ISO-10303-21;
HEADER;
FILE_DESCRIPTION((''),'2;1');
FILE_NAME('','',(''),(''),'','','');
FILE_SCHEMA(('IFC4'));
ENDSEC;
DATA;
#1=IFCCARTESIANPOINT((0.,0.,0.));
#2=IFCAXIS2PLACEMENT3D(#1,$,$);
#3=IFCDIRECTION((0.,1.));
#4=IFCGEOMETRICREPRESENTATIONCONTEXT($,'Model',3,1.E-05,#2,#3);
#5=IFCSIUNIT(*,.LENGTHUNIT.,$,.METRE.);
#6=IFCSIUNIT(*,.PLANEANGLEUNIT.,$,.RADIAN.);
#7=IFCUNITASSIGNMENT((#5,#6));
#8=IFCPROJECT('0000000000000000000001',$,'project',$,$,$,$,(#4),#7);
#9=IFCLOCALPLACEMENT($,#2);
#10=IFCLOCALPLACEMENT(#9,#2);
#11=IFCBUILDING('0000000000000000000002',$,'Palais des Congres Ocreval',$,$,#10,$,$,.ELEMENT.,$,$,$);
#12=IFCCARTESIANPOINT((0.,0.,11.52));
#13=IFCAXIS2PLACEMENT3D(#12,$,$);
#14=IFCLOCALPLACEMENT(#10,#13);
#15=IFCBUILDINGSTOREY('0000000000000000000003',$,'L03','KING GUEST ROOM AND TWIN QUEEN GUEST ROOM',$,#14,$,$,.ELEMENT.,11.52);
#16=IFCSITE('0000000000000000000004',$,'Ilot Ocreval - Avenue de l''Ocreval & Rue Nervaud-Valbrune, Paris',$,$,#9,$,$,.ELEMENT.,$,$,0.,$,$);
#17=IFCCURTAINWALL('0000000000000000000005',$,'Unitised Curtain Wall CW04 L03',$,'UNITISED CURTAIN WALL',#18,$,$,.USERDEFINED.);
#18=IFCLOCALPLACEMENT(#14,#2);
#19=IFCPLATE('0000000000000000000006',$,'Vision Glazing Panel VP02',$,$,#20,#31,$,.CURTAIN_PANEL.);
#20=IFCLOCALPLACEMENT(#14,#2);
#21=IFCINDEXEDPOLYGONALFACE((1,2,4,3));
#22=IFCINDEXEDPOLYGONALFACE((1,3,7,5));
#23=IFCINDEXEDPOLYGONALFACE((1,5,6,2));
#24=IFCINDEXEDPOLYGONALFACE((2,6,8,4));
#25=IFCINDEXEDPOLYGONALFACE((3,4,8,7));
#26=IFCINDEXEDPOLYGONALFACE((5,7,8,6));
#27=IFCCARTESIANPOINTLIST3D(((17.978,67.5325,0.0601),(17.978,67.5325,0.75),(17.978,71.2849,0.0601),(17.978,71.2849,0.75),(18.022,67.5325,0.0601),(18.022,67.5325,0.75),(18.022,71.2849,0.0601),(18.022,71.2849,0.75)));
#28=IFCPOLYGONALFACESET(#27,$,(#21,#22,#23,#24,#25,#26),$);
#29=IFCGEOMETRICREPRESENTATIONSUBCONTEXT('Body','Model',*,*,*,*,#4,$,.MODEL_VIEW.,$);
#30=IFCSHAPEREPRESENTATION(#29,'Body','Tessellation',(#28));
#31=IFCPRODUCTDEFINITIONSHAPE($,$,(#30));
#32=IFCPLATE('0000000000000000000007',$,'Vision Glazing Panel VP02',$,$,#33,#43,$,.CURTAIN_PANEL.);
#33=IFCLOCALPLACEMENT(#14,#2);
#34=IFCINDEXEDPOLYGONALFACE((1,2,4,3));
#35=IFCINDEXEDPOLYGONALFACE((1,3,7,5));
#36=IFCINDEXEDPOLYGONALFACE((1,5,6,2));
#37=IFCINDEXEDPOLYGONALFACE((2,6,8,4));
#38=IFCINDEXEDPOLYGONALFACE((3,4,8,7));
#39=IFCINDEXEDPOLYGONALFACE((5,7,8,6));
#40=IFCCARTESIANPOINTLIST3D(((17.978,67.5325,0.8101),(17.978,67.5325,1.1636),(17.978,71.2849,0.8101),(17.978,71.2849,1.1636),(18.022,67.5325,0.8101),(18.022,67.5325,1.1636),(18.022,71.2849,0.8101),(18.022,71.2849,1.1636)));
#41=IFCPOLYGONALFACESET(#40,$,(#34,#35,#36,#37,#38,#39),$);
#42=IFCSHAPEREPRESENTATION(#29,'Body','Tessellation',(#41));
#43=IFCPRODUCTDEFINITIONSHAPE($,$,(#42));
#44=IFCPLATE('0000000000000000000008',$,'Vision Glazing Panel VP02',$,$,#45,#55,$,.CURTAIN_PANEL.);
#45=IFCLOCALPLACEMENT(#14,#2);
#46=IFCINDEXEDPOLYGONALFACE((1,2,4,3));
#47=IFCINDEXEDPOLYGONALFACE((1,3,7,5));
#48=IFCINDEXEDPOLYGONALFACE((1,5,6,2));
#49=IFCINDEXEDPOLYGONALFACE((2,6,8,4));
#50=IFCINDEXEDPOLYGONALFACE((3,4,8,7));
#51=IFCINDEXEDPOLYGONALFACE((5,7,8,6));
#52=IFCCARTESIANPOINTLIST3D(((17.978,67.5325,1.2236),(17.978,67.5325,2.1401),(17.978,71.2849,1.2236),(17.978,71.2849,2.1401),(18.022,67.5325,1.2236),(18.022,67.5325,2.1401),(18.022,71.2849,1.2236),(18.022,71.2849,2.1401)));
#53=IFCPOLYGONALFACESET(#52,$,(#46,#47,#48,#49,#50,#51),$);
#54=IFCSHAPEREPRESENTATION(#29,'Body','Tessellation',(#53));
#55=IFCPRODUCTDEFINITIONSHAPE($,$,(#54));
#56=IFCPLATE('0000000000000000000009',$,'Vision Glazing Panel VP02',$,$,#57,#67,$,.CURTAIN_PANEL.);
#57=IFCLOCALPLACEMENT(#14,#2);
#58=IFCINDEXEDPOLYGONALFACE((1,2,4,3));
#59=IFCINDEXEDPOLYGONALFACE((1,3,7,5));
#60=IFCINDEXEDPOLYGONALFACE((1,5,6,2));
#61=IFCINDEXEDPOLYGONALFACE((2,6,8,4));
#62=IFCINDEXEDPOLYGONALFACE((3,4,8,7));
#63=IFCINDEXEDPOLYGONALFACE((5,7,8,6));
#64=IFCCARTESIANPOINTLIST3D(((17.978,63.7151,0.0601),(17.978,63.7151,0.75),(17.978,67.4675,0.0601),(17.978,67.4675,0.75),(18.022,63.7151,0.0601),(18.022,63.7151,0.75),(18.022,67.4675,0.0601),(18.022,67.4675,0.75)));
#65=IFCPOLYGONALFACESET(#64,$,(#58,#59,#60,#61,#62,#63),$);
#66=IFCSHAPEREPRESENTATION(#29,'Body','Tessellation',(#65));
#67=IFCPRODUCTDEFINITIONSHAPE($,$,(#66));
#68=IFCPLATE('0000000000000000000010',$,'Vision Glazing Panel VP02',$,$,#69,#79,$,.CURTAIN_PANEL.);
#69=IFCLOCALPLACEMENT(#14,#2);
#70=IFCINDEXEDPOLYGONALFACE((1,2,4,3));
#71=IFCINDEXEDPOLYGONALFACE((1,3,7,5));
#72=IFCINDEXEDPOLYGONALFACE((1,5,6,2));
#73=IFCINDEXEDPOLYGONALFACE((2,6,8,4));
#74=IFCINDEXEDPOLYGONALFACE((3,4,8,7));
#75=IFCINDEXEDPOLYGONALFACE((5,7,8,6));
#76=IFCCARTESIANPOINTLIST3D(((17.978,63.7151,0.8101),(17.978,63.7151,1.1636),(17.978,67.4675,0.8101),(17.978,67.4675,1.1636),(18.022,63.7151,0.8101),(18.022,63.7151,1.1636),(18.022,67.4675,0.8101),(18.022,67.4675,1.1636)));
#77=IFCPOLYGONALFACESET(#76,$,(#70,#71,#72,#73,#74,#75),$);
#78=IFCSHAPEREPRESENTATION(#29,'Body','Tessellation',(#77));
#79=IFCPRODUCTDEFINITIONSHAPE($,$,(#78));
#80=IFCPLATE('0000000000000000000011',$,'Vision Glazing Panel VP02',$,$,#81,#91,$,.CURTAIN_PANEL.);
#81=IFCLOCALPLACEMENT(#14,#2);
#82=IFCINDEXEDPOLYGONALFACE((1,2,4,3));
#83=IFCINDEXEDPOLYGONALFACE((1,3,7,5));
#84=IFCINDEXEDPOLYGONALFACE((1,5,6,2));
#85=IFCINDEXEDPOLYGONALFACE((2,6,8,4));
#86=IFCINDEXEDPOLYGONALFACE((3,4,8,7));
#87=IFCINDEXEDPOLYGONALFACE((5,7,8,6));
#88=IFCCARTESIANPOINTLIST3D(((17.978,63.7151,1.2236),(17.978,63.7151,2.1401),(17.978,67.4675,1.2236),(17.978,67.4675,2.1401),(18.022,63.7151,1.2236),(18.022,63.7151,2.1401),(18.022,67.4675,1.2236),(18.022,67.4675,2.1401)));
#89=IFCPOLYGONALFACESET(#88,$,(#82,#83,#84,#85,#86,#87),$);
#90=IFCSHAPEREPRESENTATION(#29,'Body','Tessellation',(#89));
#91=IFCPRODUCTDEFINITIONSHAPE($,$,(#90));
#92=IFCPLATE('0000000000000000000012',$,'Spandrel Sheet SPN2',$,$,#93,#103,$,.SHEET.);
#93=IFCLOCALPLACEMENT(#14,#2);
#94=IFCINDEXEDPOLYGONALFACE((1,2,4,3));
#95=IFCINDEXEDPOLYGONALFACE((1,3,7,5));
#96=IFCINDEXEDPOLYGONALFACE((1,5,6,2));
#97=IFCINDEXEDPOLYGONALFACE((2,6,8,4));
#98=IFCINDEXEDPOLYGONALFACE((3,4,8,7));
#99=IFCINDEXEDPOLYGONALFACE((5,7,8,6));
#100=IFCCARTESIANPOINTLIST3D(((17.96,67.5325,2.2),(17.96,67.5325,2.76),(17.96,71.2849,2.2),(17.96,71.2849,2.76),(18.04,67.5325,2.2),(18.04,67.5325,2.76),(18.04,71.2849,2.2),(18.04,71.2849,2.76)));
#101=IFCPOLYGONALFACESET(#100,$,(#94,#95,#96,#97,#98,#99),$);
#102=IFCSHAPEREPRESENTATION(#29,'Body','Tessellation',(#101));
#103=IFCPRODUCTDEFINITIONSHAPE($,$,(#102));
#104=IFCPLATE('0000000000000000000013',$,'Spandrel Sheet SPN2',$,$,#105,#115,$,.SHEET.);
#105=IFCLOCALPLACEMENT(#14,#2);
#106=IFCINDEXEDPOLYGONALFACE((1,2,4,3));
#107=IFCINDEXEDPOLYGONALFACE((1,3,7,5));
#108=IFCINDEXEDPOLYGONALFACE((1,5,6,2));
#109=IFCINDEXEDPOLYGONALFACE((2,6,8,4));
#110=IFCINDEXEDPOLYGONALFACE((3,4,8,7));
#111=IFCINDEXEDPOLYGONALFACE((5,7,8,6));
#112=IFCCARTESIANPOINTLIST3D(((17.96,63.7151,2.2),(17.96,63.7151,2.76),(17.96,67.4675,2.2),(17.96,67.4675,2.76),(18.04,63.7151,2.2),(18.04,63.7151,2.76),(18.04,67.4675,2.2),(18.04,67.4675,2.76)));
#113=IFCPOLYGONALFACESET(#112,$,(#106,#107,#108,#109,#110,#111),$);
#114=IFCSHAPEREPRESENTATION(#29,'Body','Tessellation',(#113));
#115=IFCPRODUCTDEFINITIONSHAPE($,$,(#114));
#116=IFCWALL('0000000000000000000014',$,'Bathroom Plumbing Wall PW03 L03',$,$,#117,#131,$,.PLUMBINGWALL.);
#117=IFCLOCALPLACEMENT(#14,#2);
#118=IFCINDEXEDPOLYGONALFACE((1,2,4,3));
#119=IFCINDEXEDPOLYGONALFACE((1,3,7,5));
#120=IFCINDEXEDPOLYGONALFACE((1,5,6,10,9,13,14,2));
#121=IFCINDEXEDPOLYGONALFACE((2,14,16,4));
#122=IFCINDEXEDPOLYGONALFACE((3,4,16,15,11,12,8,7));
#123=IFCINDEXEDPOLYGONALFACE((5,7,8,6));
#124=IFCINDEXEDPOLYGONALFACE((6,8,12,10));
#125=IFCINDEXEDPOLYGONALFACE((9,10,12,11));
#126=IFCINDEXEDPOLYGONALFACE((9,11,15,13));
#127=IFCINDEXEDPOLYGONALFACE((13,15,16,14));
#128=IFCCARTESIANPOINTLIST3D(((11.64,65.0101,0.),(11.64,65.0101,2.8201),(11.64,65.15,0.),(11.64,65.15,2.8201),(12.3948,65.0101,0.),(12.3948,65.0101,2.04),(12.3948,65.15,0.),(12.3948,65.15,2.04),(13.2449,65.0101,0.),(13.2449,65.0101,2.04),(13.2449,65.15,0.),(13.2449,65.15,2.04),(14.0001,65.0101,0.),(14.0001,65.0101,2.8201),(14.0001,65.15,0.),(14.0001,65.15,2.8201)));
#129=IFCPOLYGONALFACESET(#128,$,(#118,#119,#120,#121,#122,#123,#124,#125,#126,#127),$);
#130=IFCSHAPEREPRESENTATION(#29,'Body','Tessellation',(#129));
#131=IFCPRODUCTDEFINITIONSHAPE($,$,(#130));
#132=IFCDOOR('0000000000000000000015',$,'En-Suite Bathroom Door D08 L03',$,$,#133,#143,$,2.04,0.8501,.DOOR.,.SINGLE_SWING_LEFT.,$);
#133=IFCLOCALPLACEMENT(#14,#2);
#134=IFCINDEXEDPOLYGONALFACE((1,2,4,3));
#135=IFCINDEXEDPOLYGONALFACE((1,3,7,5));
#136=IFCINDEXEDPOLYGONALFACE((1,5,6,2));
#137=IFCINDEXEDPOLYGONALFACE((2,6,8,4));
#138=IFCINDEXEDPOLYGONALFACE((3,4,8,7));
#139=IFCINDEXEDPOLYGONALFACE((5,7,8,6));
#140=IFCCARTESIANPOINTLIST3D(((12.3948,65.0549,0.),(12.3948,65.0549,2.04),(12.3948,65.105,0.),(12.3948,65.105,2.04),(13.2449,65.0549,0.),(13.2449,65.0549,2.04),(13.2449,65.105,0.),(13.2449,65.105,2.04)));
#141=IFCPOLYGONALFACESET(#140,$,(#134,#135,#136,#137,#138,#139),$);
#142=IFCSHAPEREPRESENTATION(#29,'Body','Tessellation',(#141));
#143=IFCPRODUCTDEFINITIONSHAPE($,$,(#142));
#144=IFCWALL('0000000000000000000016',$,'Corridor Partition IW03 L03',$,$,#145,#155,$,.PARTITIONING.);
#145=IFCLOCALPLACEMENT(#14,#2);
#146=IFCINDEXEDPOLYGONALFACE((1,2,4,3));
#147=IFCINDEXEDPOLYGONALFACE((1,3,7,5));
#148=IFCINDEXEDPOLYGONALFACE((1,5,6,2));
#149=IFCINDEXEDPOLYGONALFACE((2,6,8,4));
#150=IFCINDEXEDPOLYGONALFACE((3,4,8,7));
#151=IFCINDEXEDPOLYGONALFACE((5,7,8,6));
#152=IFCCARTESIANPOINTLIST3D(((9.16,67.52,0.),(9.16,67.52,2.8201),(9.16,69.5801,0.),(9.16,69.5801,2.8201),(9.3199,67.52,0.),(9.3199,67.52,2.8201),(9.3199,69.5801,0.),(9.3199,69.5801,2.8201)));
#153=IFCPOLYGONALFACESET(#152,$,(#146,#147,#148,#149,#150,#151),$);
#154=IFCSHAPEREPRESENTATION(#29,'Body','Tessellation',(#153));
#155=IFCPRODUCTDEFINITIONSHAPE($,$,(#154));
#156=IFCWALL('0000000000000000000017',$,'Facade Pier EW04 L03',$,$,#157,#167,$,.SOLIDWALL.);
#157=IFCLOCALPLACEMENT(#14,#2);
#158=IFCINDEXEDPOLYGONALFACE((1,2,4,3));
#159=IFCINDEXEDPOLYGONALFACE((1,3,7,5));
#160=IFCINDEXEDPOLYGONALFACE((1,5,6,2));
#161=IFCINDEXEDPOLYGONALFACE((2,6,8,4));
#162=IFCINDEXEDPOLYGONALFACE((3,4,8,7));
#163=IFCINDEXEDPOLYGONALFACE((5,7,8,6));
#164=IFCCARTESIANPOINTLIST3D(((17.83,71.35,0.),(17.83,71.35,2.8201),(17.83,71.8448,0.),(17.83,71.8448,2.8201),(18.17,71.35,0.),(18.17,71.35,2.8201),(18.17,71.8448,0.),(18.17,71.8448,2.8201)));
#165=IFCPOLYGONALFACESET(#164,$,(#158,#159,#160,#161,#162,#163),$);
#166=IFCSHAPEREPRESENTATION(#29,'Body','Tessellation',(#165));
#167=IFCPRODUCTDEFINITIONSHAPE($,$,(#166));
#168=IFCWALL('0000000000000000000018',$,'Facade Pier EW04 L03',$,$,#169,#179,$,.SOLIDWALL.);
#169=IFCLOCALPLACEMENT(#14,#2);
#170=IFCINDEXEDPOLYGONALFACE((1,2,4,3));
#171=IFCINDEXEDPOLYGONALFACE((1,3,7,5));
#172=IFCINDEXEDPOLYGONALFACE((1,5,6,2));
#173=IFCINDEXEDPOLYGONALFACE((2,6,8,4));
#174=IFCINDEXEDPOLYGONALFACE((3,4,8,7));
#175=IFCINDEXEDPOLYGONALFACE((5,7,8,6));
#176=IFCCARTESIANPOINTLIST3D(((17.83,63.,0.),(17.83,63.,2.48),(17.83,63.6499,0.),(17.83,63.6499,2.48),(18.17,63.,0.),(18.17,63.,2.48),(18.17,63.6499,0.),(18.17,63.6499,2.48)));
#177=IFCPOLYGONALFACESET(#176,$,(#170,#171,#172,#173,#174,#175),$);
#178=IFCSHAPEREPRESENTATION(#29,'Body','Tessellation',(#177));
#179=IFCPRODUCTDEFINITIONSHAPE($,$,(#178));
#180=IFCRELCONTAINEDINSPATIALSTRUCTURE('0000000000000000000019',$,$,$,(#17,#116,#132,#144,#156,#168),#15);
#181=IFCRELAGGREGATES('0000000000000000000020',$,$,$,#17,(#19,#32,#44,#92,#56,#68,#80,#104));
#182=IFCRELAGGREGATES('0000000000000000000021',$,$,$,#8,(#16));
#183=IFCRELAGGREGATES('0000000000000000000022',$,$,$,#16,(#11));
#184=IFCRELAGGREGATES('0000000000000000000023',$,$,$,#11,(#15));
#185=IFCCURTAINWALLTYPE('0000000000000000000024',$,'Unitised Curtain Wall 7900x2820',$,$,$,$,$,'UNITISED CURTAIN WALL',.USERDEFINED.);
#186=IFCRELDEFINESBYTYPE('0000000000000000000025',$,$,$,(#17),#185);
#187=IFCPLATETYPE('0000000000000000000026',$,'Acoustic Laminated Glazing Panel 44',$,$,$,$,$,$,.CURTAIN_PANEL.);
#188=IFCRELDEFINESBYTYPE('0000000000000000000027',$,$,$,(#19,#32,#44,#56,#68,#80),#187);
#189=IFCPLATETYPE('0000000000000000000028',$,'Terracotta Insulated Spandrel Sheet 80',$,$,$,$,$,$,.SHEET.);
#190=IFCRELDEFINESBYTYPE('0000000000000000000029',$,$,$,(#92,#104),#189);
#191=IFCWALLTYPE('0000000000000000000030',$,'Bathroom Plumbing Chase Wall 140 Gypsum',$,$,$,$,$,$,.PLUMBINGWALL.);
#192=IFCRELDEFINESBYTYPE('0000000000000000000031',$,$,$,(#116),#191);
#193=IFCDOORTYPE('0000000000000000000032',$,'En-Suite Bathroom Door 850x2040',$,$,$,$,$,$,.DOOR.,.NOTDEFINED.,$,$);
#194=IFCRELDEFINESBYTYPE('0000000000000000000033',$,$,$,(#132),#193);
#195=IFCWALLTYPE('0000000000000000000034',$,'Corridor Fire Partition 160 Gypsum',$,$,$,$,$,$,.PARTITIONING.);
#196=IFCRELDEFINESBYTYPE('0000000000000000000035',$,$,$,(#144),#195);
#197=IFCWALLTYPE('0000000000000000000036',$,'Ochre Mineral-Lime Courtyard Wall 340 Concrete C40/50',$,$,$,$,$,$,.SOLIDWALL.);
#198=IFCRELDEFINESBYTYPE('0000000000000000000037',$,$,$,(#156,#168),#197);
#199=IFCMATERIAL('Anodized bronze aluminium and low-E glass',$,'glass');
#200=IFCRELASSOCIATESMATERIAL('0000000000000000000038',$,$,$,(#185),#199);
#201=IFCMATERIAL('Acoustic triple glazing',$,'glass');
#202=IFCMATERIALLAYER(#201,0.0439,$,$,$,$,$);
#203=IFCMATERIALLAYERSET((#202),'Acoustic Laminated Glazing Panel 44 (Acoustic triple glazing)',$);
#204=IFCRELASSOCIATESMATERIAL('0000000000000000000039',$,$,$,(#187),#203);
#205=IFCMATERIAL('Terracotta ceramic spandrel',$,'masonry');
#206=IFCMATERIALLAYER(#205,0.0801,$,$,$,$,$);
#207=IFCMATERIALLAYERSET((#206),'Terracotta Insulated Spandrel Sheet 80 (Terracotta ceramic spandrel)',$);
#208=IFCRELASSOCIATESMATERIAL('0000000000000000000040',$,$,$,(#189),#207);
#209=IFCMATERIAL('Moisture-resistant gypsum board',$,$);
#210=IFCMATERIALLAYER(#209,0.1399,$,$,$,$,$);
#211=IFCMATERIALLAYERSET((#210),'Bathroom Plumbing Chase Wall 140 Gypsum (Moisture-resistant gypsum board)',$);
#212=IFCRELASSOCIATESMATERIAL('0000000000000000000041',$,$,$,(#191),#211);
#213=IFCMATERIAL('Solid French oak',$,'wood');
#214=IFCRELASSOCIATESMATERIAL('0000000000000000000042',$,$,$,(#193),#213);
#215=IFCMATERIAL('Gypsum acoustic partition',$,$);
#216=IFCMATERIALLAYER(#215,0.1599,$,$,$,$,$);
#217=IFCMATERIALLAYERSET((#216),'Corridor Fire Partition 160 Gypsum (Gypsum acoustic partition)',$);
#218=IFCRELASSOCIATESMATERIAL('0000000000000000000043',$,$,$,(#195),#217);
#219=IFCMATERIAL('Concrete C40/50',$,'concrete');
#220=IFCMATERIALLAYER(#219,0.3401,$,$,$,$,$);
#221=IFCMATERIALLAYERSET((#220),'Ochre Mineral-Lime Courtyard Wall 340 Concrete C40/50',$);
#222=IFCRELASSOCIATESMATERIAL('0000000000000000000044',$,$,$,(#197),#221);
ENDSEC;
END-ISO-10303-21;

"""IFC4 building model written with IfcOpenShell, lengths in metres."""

from ifc_helpers import new_model, si_unit, direction, frame, frame_2d, origin, origin_2d, place, context, subcontext, project, spatial, rectangle, extrude, material, layer, layer_set, type_object, element, fill, aggregate, save


model = new_model("IFC4")

# Units and contexts
model_context = context("Model", 3, precision=1e-05, world=origin(), true_north=direction((0.0, 1.0)))
body_context = subcontext(model_context, "Body", "Model", "MODEL_VIEW")
ifc_project = project(units=[si_unit("LENGTHUNIT", "METRE"), si_unit("PLANEANGLEUNIT", "RADIAN")], contexts=[model_context])

# Site, building, storey
site_placement = place(None, origin())
site = spatial("IfcSite", under=ifc_project, at=site_placement, Name="Ilot Ocreval - Avenue de l'Ocreval & Rue Nervaud-Valbrune, Paris", CompositionType="ELEMENT", RefElevation=0.0)
building_placement = place(site_placement, origin())
building = spatial("IfcBuilding", under=site, at=building_placement, Name="Palais des Congres Ocreval", CompositionType="ELEMENT")
storey_placement = place(building_placement, frame((0.0, 0.0, 11.52)))
storey = spatial("IfcBuildingStorey", under=building, at=storey_placement, Name="L03", Description="KING GUEST ROOM AND TWIN QUEEN GUEST ROOM", CompositionType="ELEMENT", Elevation=11.52)

# Curtain wall
ifc_material_1 = material(Name="Anodized bronze aluminium and low-E glass", Category="glass")
curtain_wall_type = type_object("IfcCurtainWallType", Name="Unitised Curtain Wall 7900x2820", ElementType="UNITISED CURTAIN WALL", PredefinedType="USERDEFINED", material=ifc_material_1)
curtain_wall_placement = place(storey_placement, origin())
curtain_wall = element("IfcCurtainWall", 1, at=curtain_wall_placement, inside=storey, type_object=curtain_wall_type, Name="Unitised Curtain Wall CW04 L03", ObjectType="UNITISED CURTAIN WALL", PredefinedType="USERDEFINED")

# Plates
ifc_material_2 = material(Name="Acoustic triple glazing", Category="glass")
ifc_layer_1 = layer(ifc_material_2, 0.0439)
ifc_layer_set_1 = layer_set([ifc_layer_1], Name="Acoustic Laminated Glazing Panel 44 (Acoustic triple glazing)")
plate_type_1 = type_object("IfcPlateType", Name="Acoustic Laminated Glazing Panel 44", PredefinedType="CURTAIN_PANEL", material=ifc_layer_set_1)
plate_1_placement = place(storey_placement, frame((18.0, 69.4087, 0.0601), z_axis=(0.0, 0.0, 1.0), x_axis=(0.0, -1.0, 0.0)))
plate_1 = element("IfcPlate", 2, at=plate_1_placement, type_object=plate_type_1, Name="Vision Glazing Panel VP02", PredefinedType="CURTAIN_PANEL", context=body_context, shape_type="SweptSolid", body=[
    extrude(rectangle(XDim=3.7524, YDim=0.0439, at=origin_2d()), origin(), (0.0, 0.0, 1.0), 0.6899),
])
plate_2_placement = place(storey_placement, frame((18.0, 69.4087, 0.8101), z_axis=(0.0, 0.0, 1.0), x_axis=(0.0, -1.0, 0.0)))
plate_2 = element("IfcPlate", 3, at=plate_2_placement, type_object=plate_type_1, Name="Vision Glazing Panel VP02", PredefinedType="CURTAIN_PANEL", context=body_context, shape_type="SweptSolid", body=[
    extrude(rectangle(XDim=3.7524, YDim=0.0439, at=origin_2d()), origin(), (0.0, 0.0, 1.0), 0.3535),
])
plate_3_placement = place(storey_placement, frame((18.0, 69.4087, 1.2236), z_axis=(0.0, 0.0, 1.0), x_axis=(0.0, -1.0, 0.0)))
plate_3 = element("IfcPlate", 4, at=plate_3_placement, type_object=plate_type_1, Name="Vision Glazing Panel VP02", PredefinedType="CURTAIN_PANEL", context=body_context, shape_type="SweptSolid", body=[
    extrude(rectangle(XDim=3.7524, YDim=0.0439, at=origin_2d()), origin(), (0.0, 0.0, 1.0), 0.9165),
])
plate_4_placement = place(storey_placement, frame((18.0, 65.5913, 0.0601), z_axis=(0.0, 0.0, 1.0), x_axis=(0.0, -1.0, 0.0)))
plate_4 = element("IfcPlate", 5, at=plate_4_placement, type_object=plate_type_1, Name="Vision Glazing Panel VP02", PredefinedType="CURTAIN_PANEL", context=body_context, shape_type="SweptSolid", body=[
    extrude(rectangle(XDim=3.7524, YDim=0.0439, at=origin_2d()), origin(), (0.0, 0.0, 1.0), 0.6899),
])
plate_5_placement = place(storey_placement, frame((18.0, 65.5913, 0.8101), z_axis=(0.0, 0.0, 1.0), x_axis=(0.0, -1.0, 0.0)))
plate_5 = element("IfcPlate", 6, at=plate_5_placement, type_object=plate_type_1, Name="Vision Glazing Panel VP02", PredefinedType="CURTAIN_PANEL", context=body_context, shape_type="SweptSolid", body=[
    extrude(rectangle(XDim=3.7524, YDim=0.0439, at=origin_2d()), origin(), (0.0, 0.0, 1.0), 0.3535),
])
plate_6_placement = place(storey_placement, frame((18.0, 65.5913, 1.2236), z_axis=(0.0, 0.0, 1.0), x_axis=(0.0, -1.0, 0.0)))
plate_6 = element("IfcPlate", 7, at=plate_6_placement, type_object=plate_type_1, Name="Vision Glazing Panel VP02", PredefinedType="CURTAIN_PANEL", context=body_context, shape_type="SweptSolid", body=[
    extrude(rectangle(XDim=3.7524, YDim=0.0439, at=origin_2d()), origin(), (0.0, 0.0, 1.0), 0.9165),
])
ifc_material_3 = material(Name="Terracotta ceramic spandrel", Category="masonry")
ifc_layer_2 = layer(ifc_material_3, 0.0801)
ifc_layer_set_2 = layer_set([ifc_layer_2], Name="Terracotta Insulated Spandrel Sheet 80 (Terracotta ceramic spandrel)")
plate_type_2 = type_object("IfcPlateType", Name="Terracotta Insulated Spandrel Sheet 80", PredefinedType="SHEET", material=ifc_layer_set_2)
plate_7_placement = place(storey_placement, frame((18.0, 69.4087, 2.2), z_axis=(0.0, 0.0, 1.0), x_axis=(0.0, -1.0, 0.0)))
plate_7 = element("IfcPlate", 8, at=plate_7_placement, type_object=plate_type_2, Name="Spandrel Sheet SPN2", PredefinedType="SHEET", context=body_context, shape_type="SweptSolid", body=[
    extrude(rectangle(XDim=3.7524, YDim=0.0801, at=origin_2d()), origin(), (0.0, 0.0, 1.0), 0.5601),
])
plate_8_placement = place(storey_placement, frame((18.0, 65.5913, 2.2), z_axis=(0.0, 0.0, 1.0), x_axis=(0.0, -1.0, 0.0)))
plate_8 = element("IfcPlate", 9, at=plate_8_placement, type_object=plate_type_2, Name="Spandrel Sheet SPN2", PredefinedType="SHEET", context=body_context, shape_type="SweptSolid", body=[
    extrude(rectangle(XDim=3.7524, YDim=0.0801, at=origin_2d()), origin(), (0.0, 0.0, 1.0), 0.5601),
])
aggregate(curtain_wall, [plate_1, plate_2, plate_3, plate_7, plate_4, plate_5, plate_6, plate_8])

# Wall, opening, door
ifc_material_4 = material(Name="Moisture-resistant gypsum board")
ifc_layer_3 = layer(ifc_material_4, 0.1399)
ifc_layer_set_3 = layer_set([ifc_layer_3], Name="Bathroom Plumbing Chase Wall 140 Gypsum (Moisture-resistant gypsum board)")
wall_type_1 = type_object("IfcWallType", Name="Bathroom Plumbing Chase Wall 140 Gypsum", PredefinedType="PLUMBINGWALL", material=ifc_layer_set_3)
wall_1_placement = place(storey_placement, frame((11.6399, 65.0801, 0.0), z_axis=(0.0, 0.0, 1.0), x_axis=(1.0, 0.0, 0.0)))
wall_1 = element("IfcWall", 10, at=wall_1_placement, inside=storey, type_object=wall_type_1, Name="Bathroom Plumbing Wall PW03 L03", PredefinedType="PLUMBINGWALL", context=body_context, shape_type="SweptSolid", body=[
    extrude(rectangle(XDim=2.3601, YDim=0.1399, at=frame_2d((1.1802, 0.0))), origin(), (0.0, 0.0, 1.0), 2.8201),
])
opening_1_placement = place(wall_1_placement, frame((0.7549, 0.0, 0.0)))
opening_1 = element("IfcOpeningElement", 11, at=opening_1_placement, cuts=wall_1, PredefinedType="OPENING", context=body_context, shape_type="SweptSolid", body=[
    extrude(rectangle(XDim=0.8501, YDim=2.04, at=frame_2d((0.425, 1.02))), frame((0.0, 0.0798, 0.0), z_axis=(0.0, -1.0, 0.0), x_axis=(1.0, 0.0, 0.0)), (0.0, 0.0, 1.0), 0.1599),
])
ifc_material_5 = material(Name="Solid French oak", Category="wood")
door_type_1 = type_object("IfcDoorType", Name="En-Suite Bathroom Door 850x2040", OperationType="NOTDEFINED", PredefinedType="DOOR", material=ifc_material_5)
door_1_placement = place(opening_1_placement, origin())
door_1 = element("IfcDoor", 12, at=door_1_placement, inside=storey, type_object=door_type_1, Name="En-Suite Bathroom Door D08 L03", OperationType="SINGLE_SWING_LEFT", OverallHeight=2.04, OverallWidth=0.8501, PredefinedType="DOOR", context=body_context, shape_type="SweptSolid", body=[
    extrude(rectangle(XDim=0.8501, YDim=2.04, at=frame_2d((0.425, 1.02))), frame((0.0, 0.0249, 0.0), z_axis=(0.0, -1.0, 0.0), x_axis=(1.0, 0.0, 0.0)), (0.0, 0.0, 1.0), 0.05),
])
fill(opening_1, door_1)

# Wall
ifc_material_6 = material(Name="Gypsum acoustic partition")
ifc_layer_4 = layer(ifc_material_6, 0.1599)
ifc_layer_set_4 = layer_set([ifc_layer_4], Name="Corridor Fire Partition 160 Gypsum (Gypsum acoustic partition)")
wall_type_2 = type_object("IfcWallType", Name="Corridor Fire Partition 160 Gypsum", PredefinedType="PARTITIONING", material=ifc_layer_set_4)
wall_2_placement = place(storey_placement, frame((9.24, 67.52, 0.0), z_axis=(0.0, 0.0, 1.0), x_axis=(0.0, 1.0, 0.0)))
element("IfcWall", 13, at=wall_2_placement, inside=storey, type_object=wall_type_2, Name="Corridor Partition IW03 L03", PredefinedType="PARTITIONING", context=body_context, shape_type="SweptSolid", body=[
    extrude(rectangle(XDim=2.0601, YDim=0.1599, at=frame_2d((1.03, 0.0))), origin(), (0.0, 0.0, 1.0), 2.8201),
])

# Walls
ifc_material_7 = material(Name="Concrete C40/50", Category="concrete")
ifc_layer_5 = layer(ifc_material_7, 0.3401)
ifc_layer_set_5 = layer_set([ifc_layer_5], Name="Ochre Mineral-Lime Courtyard Wall 340 Concrete C40/50")
wall_type_3 = type_object("IfcWallType", Name="Ochre Mineral-Lime Courtyard Wall 340 Concrete C40/50", PredefinedType="SOLIDWALL", material=ifc_layer_set_5)
wall_3_placement = place(storey_placement, frame((18.0, 71.845, 0.0), z_axis=(0.0, 0.0, 1.0), x_axis=(0.0, -1.0, 0.0)))
element("IfcWall", 14, at=wall_3_placement, inside=storey, type_object=wall_type_3, Name="Facade Pier EW04 L03", PredefinedType="SOLIDWALL", context=body_context, shape_type="SweptSolid", body=[
    extrude(rectangle(XDim=0.4949, YDim=0.3401, at=frame_2d((0.2476, 0.0))), origin(), (0.0, 0.0, 1.0), 2.8201),
])
wall_4_placement = place(storey_placement, frame((18.0, 63.6499, 0.0), z_axis=(0.0, 0.0, 1.0), x_axis=(0.0, -1.0, 0.0)))
element("IfcWall", 15, at=wall_4_placement, inside=storey, type_object=wall_type_3, Name="Facade Pier EW04 L03", PredefinedType="SOLIDWALL", context=body_context, shape_type="SweptSolid", body=[
    extrude(rectangle(XDim=0.6499, YDim=0.3401, at=frame_2d((0.325, 0.0))), origin(), (0.0, 0.0, 1.0), 2.48),
])

save(model, "model.ifc")
